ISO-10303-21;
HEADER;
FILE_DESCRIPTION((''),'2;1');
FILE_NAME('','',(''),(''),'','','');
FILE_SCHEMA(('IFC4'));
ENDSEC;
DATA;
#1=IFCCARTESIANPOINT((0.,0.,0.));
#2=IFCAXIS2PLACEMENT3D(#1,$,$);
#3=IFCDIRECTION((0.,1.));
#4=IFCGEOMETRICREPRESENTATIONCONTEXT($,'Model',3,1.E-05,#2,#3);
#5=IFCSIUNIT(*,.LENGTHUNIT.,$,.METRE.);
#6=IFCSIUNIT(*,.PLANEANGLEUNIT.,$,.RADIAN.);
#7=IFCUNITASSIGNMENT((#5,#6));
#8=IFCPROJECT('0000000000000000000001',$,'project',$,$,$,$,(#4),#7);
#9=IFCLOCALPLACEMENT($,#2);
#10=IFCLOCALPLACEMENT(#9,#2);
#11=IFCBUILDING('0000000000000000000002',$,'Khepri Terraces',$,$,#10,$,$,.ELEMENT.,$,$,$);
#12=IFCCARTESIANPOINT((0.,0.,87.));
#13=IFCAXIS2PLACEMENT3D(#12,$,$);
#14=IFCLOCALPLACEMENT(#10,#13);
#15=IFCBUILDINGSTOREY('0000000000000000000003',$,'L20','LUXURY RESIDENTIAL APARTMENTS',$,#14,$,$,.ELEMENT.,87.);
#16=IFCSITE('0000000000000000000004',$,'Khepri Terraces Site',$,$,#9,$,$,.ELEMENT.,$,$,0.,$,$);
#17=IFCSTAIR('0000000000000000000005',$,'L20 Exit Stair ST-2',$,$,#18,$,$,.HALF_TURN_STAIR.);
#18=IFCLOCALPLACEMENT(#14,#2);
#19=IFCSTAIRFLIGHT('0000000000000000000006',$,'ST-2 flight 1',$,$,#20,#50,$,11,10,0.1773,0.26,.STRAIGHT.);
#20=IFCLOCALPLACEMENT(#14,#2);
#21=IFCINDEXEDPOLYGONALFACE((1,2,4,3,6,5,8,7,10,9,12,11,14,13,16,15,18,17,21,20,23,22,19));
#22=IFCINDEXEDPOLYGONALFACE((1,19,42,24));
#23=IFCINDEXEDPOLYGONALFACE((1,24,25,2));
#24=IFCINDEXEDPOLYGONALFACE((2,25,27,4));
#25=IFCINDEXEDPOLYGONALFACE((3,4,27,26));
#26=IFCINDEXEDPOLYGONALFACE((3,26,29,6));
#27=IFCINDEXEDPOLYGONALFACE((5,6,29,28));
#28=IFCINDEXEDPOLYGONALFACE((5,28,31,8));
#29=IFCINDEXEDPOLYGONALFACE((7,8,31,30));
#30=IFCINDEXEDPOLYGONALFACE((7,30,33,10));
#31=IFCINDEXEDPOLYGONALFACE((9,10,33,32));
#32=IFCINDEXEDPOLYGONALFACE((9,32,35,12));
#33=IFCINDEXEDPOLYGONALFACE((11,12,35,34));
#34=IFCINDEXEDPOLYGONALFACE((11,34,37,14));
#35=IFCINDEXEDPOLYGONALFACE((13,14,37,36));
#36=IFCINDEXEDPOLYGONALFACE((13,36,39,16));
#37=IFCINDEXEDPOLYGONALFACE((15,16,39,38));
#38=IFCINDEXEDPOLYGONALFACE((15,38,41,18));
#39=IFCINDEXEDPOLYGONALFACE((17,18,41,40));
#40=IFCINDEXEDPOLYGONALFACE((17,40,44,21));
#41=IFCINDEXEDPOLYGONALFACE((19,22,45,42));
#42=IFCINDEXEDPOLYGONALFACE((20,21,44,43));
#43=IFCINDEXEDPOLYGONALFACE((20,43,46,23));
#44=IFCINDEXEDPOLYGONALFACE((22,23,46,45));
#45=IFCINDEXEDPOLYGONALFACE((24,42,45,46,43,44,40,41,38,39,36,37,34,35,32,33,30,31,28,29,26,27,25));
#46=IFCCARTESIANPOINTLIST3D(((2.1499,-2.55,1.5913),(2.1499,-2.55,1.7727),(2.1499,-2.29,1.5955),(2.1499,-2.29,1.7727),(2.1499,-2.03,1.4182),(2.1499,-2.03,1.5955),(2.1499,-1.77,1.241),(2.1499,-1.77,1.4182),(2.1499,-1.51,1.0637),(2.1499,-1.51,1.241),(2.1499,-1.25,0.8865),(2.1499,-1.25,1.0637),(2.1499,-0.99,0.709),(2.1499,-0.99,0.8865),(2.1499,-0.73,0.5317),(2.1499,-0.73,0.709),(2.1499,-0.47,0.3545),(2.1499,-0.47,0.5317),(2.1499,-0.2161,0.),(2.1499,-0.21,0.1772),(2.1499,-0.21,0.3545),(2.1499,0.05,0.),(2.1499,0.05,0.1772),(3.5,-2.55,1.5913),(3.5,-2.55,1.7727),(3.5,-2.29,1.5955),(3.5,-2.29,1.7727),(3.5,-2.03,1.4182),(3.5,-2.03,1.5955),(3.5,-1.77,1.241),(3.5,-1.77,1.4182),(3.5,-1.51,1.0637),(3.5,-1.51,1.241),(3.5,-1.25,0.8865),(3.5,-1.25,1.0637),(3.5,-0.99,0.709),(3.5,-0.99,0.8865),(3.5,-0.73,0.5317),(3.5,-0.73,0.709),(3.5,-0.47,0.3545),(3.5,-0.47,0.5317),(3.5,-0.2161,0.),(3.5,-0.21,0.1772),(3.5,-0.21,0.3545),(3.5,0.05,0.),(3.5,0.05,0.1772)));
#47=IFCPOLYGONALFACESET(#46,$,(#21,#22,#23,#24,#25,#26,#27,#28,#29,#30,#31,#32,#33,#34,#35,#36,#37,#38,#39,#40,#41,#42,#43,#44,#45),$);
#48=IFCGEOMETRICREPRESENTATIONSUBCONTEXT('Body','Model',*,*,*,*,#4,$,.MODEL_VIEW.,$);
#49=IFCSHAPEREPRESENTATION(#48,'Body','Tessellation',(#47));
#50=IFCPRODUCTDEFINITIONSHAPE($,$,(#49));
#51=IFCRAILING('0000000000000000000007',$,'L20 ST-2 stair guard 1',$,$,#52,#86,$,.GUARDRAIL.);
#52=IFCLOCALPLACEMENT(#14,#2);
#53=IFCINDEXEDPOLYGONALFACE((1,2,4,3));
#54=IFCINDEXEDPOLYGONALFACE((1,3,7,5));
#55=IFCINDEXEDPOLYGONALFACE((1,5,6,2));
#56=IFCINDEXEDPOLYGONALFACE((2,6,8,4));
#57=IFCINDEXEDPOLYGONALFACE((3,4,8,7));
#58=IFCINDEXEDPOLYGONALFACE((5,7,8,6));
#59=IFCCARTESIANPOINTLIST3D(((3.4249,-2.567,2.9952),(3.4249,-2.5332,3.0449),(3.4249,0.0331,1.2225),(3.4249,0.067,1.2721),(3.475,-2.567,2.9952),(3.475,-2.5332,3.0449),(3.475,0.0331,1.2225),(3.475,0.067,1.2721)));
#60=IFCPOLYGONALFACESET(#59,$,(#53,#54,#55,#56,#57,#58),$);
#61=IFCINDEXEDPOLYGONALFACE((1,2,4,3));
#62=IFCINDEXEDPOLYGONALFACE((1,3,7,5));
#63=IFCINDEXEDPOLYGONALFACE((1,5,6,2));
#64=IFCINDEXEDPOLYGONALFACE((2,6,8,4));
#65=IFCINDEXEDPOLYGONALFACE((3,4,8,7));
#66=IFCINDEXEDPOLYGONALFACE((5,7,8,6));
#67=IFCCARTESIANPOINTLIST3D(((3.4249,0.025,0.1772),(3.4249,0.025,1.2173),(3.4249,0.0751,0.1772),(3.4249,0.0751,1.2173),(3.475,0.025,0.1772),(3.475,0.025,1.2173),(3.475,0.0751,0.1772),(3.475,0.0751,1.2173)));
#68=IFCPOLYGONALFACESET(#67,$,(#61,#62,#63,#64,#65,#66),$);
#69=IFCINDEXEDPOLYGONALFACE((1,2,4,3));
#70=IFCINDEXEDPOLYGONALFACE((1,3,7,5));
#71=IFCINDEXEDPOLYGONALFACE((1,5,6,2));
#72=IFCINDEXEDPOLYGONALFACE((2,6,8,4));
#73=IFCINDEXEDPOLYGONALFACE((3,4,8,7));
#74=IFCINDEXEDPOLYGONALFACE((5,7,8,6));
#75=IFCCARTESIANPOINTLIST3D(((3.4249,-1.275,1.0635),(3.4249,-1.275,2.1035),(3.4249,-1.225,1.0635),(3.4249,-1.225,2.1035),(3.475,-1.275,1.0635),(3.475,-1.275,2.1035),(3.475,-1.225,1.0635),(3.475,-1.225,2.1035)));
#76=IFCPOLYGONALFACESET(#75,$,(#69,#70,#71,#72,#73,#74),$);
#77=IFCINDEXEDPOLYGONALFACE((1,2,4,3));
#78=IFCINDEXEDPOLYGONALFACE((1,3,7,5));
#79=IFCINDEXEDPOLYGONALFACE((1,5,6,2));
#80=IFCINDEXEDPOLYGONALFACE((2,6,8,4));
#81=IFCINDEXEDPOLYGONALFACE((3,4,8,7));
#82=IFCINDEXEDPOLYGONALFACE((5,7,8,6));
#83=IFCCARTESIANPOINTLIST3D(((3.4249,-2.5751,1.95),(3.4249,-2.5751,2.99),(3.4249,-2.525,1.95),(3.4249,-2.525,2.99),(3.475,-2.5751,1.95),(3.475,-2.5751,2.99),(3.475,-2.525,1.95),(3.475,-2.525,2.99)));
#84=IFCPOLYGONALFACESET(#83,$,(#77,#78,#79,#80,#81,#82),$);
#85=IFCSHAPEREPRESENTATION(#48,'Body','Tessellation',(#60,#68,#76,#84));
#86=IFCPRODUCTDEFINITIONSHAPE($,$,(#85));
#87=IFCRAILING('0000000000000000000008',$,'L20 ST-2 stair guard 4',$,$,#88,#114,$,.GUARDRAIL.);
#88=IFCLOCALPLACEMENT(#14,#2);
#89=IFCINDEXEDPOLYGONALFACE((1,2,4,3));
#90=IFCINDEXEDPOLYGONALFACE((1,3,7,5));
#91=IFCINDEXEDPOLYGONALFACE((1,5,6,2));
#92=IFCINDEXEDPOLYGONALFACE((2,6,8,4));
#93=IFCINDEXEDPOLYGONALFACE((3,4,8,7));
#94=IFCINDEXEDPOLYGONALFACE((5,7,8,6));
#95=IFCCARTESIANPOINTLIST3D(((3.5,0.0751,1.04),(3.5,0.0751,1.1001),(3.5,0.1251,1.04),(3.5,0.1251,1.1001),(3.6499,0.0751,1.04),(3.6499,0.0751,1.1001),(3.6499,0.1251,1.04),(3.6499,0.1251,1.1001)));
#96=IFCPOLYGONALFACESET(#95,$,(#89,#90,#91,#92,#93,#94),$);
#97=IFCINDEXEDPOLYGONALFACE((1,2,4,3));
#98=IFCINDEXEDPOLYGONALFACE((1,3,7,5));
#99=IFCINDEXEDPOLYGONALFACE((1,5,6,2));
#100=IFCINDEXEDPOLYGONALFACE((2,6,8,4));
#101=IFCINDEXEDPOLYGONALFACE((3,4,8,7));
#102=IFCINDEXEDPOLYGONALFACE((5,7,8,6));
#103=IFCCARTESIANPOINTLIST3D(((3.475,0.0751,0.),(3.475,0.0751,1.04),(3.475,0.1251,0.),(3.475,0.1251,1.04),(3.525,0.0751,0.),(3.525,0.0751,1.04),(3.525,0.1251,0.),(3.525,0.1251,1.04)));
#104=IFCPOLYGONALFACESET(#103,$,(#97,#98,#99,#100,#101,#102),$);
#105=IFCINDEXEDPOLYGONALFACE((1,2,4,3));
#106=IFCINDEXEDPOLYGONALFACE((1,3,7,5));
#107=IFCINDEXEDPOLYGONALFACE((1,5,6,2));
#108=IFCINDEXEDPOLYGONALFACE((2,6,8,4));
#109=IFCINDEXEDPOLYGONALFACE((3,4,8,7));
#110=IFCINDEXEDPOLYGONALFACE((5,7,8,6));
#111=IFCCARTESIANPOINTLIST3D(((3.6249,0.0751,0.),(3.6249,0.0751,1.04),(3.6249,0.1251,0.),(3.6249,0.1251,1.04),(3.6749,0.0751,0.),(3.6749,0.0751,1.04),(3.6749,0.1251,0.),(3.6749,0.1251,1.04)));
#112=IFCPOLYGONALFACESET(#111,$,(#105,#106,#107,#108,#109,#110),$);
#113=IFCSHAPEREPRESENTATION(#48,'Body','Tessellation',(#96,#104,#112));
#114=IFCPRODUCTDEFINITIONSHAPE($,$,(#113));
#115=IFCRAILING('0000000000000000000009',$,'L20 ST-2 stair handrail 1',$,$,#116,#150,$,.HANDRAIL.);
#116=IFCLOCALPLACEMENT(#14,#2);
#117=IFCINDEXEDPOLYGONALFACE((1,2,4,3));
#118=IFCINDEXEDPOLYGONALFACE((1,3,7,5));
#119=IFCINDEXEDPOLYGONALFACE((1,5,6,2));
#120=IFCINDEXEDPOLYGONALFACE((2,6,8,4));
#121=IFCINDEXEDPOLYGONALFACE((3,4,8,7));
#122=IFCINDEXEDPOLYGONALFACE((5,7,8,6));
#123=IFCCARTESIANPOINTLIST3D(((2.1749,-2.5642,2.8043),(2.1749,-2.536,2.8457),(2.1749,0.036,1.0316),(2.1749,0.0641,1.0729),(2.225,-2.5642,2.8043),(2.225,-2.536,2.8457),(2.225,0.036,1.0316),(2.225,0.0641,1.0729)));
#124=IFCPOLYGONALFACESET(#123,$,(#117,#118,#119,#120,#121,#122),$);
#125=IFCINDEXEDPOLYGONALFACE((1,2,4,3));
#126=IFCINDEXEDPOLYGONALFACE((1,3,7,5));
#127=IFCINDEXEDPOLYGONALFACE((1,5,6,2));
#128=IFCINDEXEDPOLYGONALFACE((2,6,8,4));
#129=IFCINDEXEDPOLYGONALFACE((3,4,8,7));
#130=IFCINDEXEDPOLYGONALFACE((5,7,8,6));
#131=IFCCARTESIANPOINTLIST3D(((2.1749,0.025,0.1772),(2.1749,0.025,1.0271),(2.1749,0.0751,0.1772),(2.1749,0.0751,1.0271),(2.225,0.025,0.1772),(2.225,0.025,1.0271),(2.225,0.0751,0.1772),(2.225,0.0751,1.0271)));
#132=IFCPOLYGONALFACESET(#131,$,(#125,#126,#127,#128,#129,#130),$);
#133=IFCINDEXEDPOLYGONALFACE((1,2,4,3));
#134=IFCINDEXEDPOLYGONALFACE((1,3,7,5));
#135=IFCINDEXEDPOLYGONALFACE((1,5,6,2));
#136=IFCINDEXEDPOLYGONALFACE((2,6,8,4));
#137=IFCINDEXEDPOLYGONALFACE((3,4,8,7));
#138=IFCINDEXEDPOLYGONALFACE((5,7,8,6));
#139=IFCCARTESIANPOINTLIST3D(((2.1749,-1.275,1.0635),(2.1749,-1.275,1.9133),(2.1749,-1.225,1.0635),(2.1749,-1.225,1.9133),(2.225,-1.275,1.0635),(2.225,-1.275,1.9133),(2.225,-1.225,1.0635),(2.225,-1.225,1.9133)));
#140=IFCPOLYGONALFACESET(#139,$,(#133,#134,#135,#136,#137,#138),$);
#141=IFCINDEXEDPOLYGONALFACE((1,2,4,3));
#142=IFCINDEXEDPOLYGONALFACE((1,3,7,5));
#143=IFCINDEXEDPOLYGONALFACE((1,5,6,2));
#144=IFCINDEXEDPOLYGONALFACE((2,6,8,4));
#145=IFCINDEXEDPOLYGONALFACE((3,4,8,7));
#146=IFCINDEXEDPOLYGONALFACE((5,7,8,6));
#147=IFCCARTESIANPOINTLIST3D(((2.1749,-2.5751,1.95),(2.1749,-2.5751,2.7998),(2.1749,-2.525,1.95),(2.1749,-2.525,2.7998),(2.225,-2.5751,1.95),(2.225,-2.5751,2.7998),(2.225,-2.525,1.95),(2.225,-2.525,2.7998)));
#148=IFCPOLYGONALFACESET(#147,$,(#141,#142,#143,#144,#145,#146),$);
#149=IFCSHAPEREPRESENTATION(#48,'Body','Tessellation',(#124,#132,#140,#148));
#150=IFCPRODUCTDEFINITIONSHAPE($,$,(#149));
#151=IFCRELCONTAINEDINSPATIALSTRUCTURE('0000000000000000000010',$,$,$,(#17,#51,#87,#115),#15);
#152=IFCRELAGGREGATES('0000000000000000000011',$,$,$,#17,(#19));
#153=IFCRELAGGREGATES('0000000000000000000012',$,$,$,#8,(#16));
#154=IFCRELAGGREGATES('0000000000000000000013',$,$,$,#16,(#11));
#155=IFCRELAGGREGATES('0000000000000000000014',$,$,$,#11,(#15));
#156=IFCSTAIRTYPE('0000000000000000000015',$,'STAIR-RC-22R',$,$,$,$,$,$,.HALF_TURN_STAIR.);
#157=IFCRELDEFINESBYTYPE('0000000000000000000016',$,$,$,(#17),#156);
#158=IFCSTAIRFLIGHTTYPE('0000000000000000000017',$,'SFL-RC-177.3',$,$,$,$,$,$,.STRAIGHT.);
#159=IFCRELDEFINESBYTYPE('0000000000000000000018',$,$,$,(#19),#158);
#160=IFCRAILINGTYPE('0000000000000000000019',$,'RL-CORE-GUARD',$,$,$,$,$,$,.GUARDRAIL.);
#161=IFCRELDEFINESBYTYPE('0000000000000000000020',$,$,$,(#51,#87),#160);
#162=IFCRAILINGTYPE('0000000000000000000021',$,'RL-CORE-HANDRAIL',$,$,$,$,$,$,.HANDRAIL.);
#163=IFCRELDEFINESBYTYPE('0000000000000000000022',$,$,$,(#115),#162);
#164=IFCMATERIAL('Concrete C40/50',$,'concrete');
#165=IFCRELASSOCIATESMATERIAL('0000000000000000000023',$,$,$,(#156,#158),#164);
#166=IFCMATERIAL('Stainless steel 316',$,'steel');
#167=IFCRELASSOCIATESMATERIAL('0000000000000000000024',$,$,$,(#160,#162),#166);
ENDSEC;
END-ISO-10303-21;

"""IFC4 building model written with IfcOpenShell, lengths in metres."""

from ifc_helpers import new_model, si_unit, direction, frame, origin, origin_2d, place, context, subcontext, project, spatial, polyline, rectangle, outline, extrude, material, type_object, element, aggregate, save


model = new_model("IFC4")

# Units and contexts
model_context = context("Model", 3, precision=1e-05, world=origin(), true_north=direction((0.0, 1.0)))
body_context = subcontext(model_context, "Body", "Model", "MODEL_VIEW")
ifc_project = project(units=[si_unit("LENGTHUNIT", "METRE"), si_unit("PLANEANGLEUNIT", "RADIAN")], contexts=[model_context])

# Site, building, storey
site_placement = place(None, origin())
site = spatial("IfcSite", under=ifc_project, at=site_placement, Name="Khepri Terraces Site", CompositionType="ELEMENT", RefElevation=0.0)
building_placement = place(site_placement, origin())
building = spatial("IfcBuilding", under=site, at=building_placement, Name="Khepri Terraces", CompositionType="ELEMENT")
storey_placement = place(building_placement, frame((0.0, 0.0, 87.0)))
storey = spatial("IfcBuildingStorey", under=building, at=storey_placement, Name="L20", Description="LUXURY RESIDENTIAL APARTMENTS", CompositionType="ELEMENT", Elevation=87.0)

# Stair, stair flight
ifc_material_1 = material(Name="Concrete C40/50", Category="concrete")
stair_type = type_object("IfcStairType", Name="STAIR-RC-22R", PredefinedType="HALF_TURN_STAIR", material=ifc_material_1)
stair_placement = place(storey_placement, origin())
stair = element("IfcStair", 1, at=stair_placement, inside=storey, type_object=stair_type, Name="L20 Exit Stair ST-2", PredefinedType="HALF_TURN_STAIR")
stair_flight_type = type_object("IfcStairFlightType", Name="SFL-RC-177.3", PredefinedType="STRAIGHT", material=ifc_material_1)
stair_flight_placement = place(storey_placement, frame((2.825, 0.05, 0.0), z_axis=(0.0, 0.0, 1.0), x_axis=(0.0, -1.0, 0.0)))
stair_flight = element("IfcStairFlight", 2, at=stair_flight_placement, type_object=stair_flight_type, Name="ST-2 flight 1", NumberOfRisers=11, NumberOfTreads=10, PredefinedType="STRAIGHT", RiserHeight=0.1773, TreadLength=0.26, context=body_context, shape_type="SweptSolid", body=[
    extrude(outline(polyline([(0.0, 0.0), (0.0, 0.1772), (0.26, 0.1772), (0.26, 0.3545), (0.52, 0.3545), (0.52, 0.5317), (0.78, 0.5317), (0.78, 0.709), (1.04, 0.709), (1.04, 0.8865), (1.3, 0.8865), (1.3, 1.0637), (1.5601, 1.0637), (1.5601, 1.241), (1.8201, 1.241), (1.8201, 1.4182), (2.0801, 1.4182), (2.0801, 1.5955), (2.3401, 1.5955), (2.3401, 1.7727), (2.6001, 1.7727), (2.6001, 1.95), (2.6001, 1.5913), (0.2661, 0.0), (0.0, 0.0)])), frame((0.0, 0.675, 0.0), z_axis=(0.0, -1.0, 0.0), x_axis=(1.0, 0.0, 0.0)), (0.0, 0.0, 1.0), 1.3501),
])
aggregate(stair, [stair_flight])

# Railings
ifc_material_2 = material(Name="Stainless steel 316", Category="steel")
railing_type_1 = type_object("IfcRailingType", Name="RL-CORE-GUARD", PredefinedType="GUARDRAIL", material=ifc_material_2)
railing_1_placement = place(storey_placement, frame((3.45, 0.05, 0.1772)))
element("IfcRailing", 3, at=railing_1_placement, inside=storey, type_object=railing_type_1, Name="L20 ST-2 stair guard 1", PredefinedType="GUARDRAIL", context=body_context, shape_type="SweptSolid", body=[
    extrude(rectangle(XDim=0.05, YDim=0.0601, at=origin_2d()), frame((0.0, 0.0, 1.0701), z_axis=(0.0, -0.82624, 0.563318), x_axis=(1.0, 0.0, 0.0)), (0.0, 0.0, 1.0), 3.147),
    extrude(rectangle(XDim=0.05, YDim=0.05, at=origin_2d()), origin(), (0.0, 0.0, 1.0), 1.04),
    extrude(rectangle(XDim=0.05, YDim=0.05, at=origin_2d()), frame((0.0, -1.3, 0.8862)), (0.0, 0.0, 1.0), 1.04),
    extrude(rectangle(XDim=0.05, YDim=0.05, at=origin_2d()), frame((0.0, -2.6001, 1.7727)), (0.0, 0.0, 1.0), 1.04),
])
railing_2_placement = place(storey_placement, frame((3.5, 0.1001, 0.0)))
element("IfcRailing", 4, at=railing_2_placement, inside=storey, type_object=railing_type_1, Name="L20 ST-2 stair guard 4", PredefinedType="GUARDRAIL", context=body_context, shape_type="SweptSolid", body=[
    extrude(rectangle(XDim=0.05, YDim=0.0601, at=origin_2d()), frame((0.0, 0.0, 1.0701), z_axis=(1.0, 0.0, 0.0), x_axis=(0.0, 1.0, 0.0)), (0.0, 0.0, 1.0), 0.1499),
    extrude(rectangle(XDim=0.05, YDim=0.05, at=origin_2d()), origin(), (0.0, 0.0, 1.0), 1.04),
    extrude(rectangle(XDim=0.05, YDim=0.05, at=origin_2d()), frame((0.1499, 0.0, 0.0)), (0.0, 0.0, 1.0), 1.04),
])
railing_type_2 = type_object("IfcRailingType", Name="RL-CORE-HANDRAIL", PredefinedType="HANDRAIL", material=ifc_material_2)
railing_3_placement = place(storey_placement, frame((2.2, 0.05, 0.1772)))
element("IfcRailing", 5, at=railing_3_placement, inside=storey, type_object=railing_type_2, Name="L20 ST-2 stair handrail 1", PredefinedType="HANDRAIL", context=body_context, shape_type="SweptSolid", body=[
    extrude(rectangle(XDim=0.05, YDim=0.05, at=origin_2d()), frame((0.0, 0.0, 0.875), z_axis=(0.0, -0.82624, 0.563318), x_axis=(1.0, 0.0, 0.0)), (0.0, 0.0, 1.0), 3.147),
    extrude(rectangle(XDim=0.05, YDim=0.05, at=origin_2d()), origin(), (0.0, 0.0, 1.0), 0.8499),
    extrude(rectangle(XDim=0.05, YDim=0.05, at=origin_2d()), frame((0.0, -1.3, 0.8862)), (0.0, 0.0, 1.0), 0.8499),
    extrude(rectangle(XDim=0.05, YDim=0.05, at=origin_2d()), frame((0.0, -2.6001, 1.7727)), (0.0, 0.0, 1.0), 0.8499),
])

save(model, "model.ifc")
